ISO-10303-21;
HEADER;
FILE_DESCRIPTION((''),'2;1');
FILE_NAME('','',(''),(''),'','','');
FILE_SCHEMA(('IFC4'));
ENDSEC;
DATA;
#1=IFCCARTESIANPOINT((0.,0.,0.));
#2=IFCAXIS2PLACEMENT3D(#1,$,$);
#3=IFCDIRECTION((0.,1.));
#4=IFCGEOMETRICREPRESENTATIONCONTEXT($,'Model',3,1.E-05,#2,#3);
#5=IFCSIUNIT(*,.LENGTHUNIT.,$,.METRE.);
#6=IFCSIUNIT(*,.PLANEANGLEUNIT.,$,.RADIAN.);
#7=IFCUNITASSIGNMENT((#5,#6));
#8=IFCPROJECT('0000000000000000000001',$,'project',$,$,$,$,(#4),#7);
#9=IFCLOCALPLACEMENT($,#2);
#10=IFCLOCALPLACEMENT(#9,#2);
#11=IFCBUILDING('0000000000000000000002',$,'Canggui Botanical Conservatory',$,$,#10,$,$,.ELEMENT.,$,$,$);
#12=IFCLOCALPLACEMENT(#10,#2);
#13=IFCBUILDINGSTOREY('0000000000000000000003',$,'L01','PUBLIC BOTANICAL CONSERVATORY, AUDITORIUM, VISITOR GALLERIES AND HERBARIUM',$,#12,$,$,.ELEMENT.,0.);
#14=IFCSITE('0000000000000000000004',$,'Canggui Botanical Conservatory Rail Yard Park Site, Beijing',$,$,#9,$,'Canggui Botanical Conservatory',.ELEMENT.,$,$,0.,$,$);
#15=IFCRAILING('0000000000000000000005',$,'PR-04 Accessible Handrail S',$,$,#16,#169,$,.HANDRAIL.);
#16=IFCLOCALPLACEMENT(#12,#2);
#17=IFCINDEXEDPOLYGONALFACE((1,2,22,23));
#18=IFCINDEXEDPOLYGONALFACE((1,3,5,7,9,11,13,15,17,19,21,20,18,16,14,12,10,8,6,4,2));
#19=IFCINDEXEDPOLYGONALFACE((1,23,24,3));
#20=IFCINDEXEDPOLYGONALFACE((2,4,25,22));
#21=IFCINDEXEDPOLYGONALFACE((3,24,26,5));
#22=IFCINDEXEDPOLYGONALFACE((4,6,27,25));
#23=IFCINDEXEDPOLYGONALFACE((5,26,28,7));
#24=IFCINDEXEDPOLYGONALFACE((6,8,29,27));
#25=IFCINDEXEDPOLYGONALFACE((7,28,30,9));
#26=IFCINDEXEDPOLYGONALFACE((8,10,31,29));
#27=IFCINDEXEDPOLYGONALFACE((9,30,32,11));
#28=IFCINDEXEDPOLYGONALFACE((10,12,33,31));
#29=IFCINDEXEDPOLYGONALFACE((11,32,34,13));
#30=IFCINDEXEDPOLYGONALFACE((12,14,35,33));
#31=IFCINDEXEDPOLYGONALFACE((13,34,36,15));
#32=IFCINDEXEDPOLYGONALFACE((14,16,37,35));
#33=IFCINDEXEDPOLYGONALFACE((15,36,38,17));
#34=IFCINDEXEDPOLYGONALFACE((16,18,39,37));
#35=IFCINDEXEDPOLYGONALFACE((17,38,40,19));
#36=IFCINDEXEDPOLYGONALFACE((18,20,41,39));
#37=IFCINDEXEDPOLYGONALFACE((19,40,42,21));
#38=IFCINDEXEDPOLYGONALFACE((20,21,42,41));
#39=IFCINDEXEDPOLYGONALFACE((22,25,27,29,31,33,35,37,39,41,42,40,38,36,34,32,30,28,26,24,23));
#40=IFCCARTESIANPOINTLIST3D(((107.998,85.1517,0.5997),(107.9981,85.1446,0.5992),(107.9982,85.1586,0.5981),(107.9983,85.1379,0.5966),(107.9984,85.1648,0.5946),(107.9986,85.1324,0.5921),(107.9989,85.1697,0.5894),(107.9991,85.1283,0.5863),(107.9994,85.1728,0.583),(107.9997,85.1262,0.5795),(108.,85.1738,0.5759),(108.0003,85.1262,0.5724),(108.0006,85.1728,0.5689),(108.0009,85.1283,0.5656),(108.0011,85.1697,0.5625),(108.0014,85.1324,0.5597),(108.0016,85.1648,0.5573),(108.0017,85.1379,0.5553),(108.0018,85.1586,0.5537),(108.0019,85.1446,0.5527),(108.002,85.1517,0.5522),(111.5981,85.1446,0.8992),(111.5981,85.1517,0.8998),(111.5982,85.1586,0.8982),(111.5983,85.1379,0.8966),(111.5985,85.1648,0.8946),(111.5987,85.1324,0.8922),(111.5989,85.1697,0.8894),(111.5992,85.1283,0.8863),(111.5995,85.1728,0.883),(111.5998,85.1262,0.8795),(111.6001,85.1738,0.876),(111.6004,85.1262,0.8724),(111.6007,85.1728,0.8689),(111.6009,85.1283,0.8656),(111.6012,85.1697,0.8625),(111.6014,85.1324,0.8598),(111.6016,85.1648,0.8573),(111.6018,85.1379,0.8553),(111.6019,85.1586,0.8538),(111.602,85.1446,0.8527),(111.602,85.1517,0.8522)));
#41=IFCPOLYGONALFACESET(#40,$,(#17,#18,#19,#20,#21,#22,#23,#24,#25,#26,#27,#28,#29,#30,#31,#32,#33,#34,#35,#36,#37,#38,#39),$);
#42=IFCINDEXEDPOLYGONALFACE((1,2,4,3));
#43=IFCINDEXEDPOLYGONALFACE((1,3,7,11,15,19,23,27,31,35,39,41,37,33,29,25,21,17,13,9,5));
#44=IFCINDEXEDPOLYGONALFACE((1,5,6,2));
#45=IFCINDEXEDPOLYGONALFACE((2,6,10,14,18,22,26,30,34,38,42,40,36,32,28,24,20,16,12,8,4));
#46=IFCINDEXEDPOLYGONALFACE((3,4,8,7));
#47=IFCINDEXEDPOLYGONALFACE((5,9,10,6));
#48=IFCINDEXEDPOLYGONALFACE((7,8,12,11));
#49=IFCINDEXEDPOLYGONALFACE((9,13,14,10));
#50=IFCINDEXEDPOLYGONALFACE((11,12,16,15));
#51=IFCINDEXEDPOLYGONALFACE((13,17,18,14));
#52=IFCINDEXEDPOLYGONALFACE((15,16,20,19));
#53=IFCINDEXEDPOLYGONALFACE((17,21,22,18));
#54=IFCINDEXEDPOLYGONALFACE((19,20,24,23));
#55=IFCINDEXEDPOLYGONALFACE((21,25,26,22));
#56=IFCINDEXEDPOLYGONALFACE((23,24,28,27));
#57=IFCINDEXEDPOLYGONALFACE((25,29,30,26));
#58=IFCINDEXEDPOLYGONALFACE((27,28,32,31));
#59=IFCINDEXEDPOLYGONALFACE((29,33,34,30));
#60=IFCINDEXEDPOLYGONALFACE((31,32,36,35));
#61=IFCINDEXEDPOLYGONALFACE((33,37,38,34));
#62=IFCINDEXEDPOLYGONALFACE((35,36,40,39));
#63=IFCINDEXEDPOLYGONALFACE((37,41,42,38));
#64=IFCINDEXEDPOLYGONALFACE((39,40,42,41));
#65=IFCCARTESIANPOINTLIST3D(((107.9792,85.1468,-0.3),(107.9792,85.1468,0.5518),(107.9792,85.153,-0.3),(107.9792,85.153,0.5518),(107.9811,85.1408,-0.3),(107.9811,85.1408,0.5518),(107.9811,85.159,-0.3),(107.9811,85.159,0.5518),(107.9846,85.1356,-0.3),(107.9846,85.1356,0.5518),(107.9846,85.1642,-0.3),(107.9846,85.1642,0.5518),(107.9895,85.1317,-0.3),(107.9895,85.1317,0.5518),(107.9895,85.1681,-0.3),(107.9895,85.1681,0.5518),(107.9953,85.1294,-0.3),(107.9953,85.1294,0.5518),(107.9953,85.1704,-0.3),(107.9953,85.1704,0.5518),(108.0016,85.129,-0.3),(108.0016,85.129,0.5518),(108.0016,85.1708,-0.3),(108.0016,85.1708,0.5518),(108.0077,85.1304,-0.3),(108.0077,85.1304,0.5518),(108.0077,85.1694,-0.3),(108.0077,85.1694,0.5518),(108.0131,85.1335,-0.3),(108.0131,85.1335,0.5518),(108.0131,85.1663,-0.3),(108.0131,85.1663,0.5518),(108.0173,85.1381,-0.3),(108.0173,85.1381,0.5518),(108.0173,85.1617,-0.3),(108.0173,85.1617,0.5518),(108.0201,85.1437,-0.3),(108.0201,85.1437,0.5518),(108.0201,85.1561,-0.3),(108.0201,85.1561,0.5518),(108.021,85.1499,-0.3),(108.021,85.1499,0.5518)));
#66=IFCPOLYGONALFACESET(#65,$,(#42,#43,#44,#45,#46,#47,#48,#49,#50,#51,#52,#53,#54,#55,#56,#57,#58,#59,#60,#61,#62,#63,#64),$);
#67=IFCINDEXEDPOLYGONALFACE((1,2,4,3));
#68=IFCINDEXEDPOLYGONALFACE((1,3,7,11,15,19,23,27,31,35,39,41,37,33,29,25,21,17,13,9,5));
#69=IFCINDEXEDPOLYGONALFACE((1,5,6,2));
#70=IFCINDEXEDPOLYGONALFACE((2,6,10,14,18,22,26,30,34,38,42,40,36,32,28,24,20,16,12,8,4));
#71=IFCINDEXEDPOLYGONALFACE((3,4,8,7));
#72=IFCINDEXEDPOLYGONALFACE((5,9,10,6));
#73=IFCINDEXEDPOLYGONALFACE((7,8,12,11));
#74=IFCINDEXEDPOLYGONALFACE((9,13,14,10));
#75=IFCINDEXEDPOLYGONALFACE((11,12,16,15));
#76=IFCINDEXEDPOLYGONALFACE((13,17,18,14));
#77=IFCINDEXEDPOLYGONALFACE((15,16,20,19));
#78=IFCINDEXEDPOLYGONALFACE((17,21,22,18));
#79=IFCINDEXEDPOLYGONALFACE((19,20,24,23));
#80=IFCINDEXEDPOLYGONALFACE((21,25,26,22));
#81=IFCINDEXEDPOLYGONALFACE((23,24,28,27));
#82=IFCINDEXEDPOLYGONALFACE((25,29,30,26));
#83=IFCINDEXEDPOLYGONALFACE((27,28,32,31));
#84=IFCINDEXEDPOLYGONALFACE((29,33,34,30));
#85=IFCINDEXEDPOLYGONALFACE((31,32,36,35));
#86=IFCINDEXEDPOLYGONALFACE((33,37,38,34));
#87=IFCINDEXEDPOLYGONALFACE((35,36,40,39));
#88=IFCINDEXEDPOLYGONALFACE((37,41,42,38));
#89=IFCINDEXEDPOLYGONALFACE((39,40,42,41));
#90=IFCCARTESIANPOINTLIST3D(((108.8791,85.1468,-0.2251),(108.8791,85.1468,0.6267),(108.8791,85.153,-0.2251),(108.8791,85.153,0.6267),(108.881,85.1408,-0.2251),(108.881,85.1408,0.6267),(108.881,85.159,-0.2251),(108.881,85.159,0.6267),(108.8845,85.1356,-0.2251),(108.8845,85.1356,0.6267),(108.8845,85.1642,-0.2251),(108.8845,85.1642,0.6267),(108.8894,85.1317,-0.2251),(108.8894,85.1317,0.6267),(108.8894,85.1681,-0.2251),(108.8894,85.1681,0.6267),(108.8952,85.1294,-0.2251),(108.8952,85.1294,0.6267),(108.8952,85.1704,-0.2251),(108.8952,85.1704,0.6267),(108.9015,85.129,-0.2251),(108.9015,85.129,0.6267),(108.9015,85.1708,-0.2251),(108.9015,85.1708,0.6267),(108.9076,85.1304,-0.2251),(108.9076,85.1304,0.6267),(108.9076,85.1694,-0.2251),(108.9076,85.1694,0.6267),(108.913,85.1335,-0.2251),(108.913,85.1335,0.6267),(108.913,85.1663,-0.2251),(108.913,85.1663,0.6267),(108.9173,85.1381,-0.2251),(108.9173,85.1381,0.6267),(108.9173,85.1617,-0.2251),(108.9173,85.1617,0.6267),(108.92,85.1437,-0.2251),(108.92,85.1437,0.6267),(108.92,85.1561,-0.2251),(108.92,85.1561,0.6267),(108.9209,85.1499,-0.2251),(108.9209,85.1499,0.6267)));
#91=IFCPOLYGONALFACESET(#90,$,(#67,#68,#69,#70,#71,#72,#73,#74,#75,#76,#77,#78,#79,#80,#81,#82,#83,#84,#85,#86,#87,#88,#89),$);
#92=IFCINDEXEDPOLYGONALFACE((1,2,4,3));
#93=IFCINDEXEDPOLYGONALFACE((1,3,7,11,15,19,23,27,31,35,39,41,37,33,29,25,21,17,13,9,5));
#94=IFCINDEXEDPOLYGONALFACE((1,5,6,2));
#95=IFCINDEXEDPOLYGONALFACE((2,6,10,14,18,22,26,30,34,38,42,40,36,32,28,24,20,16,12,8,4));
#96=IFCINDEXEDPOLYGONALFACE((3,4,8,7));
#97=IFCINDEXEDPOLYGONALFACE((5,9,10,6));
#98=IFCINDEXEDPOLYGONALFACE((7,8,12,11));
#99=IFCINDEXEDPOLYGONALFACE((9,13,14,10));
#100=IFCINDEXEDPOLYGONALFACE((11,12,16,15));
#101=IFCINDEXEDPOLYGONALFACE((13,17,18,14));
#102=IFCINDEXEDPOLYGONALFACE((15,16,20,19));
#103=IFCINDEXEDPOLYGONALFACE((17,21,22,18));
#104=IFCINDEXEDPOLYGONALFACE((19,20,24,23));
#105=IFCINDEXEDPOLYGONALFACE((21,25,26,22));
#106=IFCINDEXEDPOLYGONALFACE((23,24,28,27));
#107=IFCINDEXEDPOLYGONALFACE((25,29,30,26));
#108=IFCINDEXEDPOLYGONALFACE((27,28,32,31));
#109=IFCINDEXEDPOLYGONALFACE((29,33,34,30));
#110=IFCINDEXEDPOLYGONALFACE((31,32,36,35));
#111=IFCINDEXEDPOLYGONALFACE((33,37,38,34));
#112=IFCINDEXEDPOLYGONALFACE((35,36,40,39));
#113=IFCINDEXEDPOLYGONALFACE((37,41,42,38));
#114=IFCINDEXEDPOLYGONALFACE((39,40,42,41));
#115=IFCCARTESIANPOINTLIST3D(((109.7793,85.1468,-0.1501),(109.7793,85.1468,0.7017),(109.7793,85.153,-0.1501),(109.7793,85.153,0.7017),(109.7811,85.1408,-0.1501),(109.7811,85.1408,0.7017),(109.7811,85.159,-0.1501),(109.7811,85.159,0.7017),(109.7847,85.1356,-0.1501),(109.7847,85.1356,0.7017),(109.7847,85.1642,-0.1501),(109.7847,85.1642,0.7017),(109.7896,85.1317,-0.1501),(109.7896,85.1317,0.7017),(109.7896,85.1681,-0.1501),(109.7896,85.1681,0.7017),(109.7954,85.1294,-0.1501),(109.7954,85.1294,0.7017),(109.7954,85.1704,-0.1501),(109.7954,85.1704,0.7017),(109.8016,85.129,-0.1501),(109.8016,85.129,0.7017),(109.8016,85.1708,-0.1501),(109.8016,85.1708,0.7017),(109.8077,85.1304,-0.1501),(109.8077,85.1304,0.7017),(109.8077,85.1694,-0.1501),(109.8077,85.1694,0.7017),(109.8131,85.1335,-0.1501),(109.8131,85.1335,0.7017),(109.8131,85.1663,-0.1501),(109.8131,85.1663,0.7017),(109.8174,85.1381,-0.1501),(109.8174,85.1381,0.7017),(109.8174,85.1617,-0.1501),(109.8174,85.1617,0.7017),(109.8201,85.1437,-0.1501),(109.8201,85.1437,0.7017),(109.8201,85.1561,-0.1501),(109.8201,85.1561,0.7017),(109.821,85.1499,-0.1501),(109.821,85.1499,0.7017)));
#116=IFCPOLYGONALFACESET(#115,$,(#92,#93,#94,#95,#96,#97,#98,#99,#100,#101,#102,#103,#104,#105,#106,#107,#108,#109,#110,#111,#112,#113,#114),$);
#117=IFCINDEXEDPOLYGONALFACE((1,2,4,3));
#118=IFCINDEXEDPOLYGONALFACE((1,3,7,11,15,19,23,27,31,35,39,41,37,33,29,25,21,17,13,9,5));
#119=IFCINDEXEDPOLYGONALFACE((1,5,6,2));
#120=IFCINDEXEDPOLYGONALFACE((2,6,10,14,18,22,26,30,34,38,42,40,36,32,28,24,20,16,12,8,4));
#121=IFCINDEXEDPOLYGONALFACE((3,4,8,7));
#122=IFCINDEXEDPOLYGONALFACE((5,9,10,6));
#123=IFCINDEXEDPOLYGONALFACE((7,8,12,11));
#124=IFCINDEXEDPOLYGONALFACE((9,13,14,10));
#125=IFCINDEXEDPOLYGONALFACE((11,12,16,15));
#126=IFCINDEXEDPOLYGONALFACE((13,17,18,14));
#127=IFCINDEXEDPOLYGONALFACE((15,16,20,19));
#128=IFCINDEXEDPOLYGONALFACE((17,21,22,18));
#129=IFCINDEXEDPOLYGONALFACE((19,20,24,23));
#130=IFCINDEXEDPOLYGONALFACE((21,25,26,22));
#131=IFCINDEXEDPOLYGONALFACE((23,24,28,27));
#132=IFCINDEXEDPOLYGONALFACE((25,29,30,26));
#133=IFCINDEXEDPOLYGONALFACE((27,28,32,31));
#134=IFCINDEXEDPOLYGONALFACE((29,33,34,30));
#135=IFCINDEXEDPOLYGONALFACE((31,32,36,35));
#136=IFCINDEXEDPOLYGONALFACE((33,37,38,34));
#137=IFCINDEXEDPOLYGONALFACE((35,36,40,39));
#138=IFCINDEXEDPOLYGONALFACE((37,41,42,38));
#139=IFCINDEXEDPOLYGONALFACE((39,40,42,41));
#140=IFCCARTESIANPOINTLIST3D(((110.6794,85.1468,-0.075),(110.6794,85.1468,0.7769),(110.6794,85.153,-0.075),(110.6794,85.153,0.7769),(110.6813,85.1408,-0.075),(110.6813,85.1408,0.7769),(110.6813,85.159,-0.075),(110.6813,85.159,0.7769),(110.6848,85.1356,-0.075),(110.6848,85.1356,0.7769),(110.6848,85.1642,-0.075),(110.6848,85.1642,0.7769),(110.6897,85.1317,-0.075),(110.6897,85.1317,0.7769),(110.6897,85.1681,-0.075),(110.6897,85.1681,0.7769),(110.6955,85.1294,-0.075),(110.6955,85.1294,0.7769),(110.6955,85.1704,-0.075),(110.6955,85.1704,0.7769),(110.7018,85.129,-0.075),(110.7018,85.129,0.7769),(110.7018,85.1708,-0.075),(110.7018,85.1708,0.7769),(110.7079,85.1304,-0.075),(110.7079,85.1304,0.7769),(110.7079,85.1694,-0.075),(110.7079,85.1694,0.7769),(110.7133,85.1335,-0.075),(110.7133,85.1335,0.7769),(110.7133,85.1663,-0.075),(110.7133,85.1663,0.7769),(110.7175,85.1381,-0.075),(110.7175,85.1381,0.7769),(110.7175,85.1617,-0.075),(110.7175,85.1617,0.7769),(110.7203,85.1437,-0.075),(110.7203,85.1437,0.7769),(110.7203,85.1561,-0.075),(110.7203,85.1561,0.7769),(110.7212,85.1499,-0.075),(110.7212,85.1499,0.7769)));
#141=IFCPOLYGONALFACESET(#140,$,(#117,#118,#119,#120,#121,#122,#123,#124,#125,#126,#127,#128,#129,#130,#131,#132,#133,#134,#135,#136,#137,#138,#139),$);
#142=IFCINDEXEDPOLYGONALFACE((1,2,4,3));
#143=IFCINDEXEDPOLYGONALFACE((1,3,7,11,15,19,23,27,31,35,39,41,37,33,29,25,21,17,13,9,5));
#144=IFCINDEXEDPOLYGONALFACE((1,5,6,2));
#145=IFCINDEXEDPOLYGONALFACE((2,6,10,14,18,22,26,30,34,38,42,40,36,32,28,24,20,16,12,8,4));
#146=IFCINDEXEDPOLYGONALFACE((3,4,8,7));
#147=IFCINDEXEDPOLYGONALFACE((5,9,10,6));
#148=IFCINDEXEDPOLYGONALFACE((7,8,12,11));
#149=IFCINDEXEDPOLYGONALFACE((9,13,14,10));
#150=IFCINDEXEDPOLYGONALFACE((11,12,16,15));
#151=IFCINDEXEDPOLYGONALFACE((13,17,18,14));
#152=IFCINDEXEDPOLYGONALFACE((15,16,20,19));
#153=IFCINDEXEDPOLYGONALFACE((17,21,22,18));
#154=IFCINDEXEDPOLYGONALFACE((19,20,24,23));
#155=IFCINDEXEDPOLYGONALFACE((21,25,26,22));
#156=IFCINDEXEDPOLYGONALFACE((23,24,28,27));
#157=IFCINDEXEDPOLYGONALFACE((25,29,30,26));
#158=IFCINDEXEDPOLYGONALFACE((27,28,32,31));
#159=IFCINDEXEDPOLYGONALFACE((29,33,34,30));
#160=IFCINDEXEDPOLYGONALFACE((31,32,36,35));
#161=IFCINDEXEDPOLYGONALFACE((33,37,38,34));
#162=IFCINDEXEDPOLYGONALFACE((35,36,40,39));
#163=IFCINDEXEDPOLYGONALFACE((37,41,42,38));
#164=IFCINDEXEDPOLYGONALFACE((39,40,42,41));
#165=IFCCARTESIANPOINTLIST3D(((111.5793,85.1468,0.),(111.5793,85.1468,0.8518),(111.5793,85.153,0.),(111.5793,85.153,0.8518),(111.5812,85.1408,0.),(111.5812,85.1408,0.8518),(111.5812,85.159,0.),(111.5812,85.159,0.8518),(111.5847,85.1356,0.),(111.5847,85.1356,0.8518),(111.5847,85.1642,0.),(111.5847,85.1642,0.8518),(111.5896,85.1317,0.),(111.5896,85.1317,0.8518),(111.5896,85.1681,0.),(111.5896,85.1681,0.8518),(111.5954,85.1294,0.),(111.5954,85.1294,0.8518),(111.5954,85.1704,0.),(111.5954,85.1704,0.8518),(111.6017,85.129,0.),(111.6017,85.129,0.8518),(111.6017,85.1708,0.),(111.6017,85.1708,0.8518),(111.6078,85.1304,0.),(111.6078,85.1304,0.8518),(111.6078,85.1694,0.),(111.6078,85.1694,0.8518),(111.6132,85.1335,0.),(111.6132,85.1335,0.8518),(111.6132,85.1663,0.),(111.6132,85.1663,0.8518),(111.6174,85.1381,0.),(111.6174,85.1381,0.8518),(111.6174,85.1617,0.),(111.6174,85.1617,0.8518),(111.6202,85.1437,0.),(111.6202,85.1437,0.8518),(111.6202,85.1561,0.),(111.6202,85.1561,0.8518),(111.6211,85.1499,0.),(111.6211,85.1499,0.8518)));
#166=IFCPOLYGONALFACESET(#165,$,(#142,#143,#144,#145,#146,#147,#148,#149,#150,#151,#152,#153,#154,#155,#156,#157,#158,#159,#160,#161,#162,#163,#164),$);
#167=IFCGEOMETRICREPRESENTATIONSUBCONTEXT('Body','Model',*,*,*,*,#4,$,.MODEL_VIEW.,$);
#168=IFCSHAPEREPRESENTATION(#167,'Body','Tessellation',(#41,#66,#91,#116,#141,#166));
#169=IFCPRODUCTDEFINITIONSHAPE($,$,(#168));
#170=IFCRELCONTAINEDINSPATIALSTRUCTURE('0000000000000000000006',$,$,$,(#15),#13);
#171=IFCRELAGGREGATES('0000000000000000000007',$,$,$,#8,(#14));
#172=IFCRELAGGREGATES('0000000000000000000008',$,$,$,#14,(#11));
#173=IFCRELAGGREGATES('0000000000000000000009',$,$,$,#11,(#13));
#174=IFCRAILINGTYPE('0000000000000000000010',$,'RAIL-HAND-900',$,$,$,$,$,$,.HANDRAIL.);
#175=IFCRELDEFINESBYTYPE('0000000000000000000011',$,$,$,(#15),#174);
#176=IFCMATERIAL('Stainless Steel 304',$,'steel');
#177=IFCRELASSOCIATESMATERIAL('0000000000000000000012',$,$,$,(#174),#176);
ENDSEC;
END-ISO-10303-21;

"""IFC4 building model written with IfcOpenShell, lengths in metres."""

from ifc_helpers import new_model, si_unit, direction, frame, origin, origin_2d, place, context, subcontext, project, spatial, circle, extrude, material, type_object, element, save


model = new_model("IFC4")

# Units and contexts
model_context = context("Model", 3, precision=1e-05, world=origin(), true_north=direction((0.0, 1.0)))
body_context = subcontext(model_context, "Body", "Model", "MODEL_VIEW")
ifc_project = project(units=[si_unit("LENGTHUNIT", "METRE"), si_unit("PLANEANGLEUNIT", "RADIAN")], contexts=[model_context])

# Site, building, storey
site_placement = place(None, origin())
site = spatial("IfcSite", under=ifc_project, at=site_placement, Name="Canggui Botanical Conservatory Rail Yard Park Site, Beijing", LongName="Canggui Botanical Conservatory", CompositionType="ELEMENT", RefElevation=0.0)
building_placement = place(site_placement, origin())
building = spatial("IfcBuilding", under=site, at=building_placement, Name="Canggui Botanical Conservatory", CompositionType="ELEMENT")
storey_placement = place(building_placement, origin())
storey = spatial("IfcBuildingStorey", under=building, at=storey_placement, Name="L01", Description="PUBLIC BOTANICAL CONSERVATORY, AUDITORIUM, VISITOR GALLERIES AND HERBARIUM", CompositionType="ELEMENT", Elevation=0.0)

# Railing
ifc_material_1 = material(Name="Stainless Steel 304", Category="steel")
railing_type_1 = type_object("IfcRailingType", Name="RAIL-HAND-900", PredefinedType="HANDRAIL", material=ifc_material_1)
for number, where, name in (
    (1, (108.0, 85.1499, -0.3), "PR-04 Accessible Handrail S"),
):
    element("IfcRailing", number, at=place(storey_placement, frame(where)), inside=storey, type_object=railing_type_1, Name=name, PredefinedType="HANDRAIL", context=body_context, shape_type="SweptSolid", body=[
        extrude(circle(Radius=0.0239, at=origin_2d()), frame((0.0, 0.0, 0.876), z_axis=(0.996545, 0.0, 0.083057), x_axis=(0.0, 1.0, 0.0)), (0.0, 0.0, 1.0), 3.6125),
        extrude(circle(Radius=0.021, at=origin_2d()), origin(), (0.0, 0.0, 1.0), 0.8518),
        extrude(circle(Radius=0.021, at=origin_2d()), frame((0.8999, 0.0, 0.075)), (0.0, 0.0, 1.0), 0.8518),
        extrude(circle(Radius=0.021, at=origin_2d()), frame((1.8, 0.0, 0.1499)), (0.0, 0.0, 1.0), 0.8518),
        extrude(circle(Radius=0.021, at=origin_2d()), frame((2.7002, 0.0, 0.2251)), (0.0, 0.0, 1.0), 0.8518),
        extrude(circle(Radius=0.021, at=origin_2d()), frame((3.6001, 0.0, 0.3)), (0.0, 0.0, 1.0), 0.8518),
    ])

save(model, "model.ifc")
